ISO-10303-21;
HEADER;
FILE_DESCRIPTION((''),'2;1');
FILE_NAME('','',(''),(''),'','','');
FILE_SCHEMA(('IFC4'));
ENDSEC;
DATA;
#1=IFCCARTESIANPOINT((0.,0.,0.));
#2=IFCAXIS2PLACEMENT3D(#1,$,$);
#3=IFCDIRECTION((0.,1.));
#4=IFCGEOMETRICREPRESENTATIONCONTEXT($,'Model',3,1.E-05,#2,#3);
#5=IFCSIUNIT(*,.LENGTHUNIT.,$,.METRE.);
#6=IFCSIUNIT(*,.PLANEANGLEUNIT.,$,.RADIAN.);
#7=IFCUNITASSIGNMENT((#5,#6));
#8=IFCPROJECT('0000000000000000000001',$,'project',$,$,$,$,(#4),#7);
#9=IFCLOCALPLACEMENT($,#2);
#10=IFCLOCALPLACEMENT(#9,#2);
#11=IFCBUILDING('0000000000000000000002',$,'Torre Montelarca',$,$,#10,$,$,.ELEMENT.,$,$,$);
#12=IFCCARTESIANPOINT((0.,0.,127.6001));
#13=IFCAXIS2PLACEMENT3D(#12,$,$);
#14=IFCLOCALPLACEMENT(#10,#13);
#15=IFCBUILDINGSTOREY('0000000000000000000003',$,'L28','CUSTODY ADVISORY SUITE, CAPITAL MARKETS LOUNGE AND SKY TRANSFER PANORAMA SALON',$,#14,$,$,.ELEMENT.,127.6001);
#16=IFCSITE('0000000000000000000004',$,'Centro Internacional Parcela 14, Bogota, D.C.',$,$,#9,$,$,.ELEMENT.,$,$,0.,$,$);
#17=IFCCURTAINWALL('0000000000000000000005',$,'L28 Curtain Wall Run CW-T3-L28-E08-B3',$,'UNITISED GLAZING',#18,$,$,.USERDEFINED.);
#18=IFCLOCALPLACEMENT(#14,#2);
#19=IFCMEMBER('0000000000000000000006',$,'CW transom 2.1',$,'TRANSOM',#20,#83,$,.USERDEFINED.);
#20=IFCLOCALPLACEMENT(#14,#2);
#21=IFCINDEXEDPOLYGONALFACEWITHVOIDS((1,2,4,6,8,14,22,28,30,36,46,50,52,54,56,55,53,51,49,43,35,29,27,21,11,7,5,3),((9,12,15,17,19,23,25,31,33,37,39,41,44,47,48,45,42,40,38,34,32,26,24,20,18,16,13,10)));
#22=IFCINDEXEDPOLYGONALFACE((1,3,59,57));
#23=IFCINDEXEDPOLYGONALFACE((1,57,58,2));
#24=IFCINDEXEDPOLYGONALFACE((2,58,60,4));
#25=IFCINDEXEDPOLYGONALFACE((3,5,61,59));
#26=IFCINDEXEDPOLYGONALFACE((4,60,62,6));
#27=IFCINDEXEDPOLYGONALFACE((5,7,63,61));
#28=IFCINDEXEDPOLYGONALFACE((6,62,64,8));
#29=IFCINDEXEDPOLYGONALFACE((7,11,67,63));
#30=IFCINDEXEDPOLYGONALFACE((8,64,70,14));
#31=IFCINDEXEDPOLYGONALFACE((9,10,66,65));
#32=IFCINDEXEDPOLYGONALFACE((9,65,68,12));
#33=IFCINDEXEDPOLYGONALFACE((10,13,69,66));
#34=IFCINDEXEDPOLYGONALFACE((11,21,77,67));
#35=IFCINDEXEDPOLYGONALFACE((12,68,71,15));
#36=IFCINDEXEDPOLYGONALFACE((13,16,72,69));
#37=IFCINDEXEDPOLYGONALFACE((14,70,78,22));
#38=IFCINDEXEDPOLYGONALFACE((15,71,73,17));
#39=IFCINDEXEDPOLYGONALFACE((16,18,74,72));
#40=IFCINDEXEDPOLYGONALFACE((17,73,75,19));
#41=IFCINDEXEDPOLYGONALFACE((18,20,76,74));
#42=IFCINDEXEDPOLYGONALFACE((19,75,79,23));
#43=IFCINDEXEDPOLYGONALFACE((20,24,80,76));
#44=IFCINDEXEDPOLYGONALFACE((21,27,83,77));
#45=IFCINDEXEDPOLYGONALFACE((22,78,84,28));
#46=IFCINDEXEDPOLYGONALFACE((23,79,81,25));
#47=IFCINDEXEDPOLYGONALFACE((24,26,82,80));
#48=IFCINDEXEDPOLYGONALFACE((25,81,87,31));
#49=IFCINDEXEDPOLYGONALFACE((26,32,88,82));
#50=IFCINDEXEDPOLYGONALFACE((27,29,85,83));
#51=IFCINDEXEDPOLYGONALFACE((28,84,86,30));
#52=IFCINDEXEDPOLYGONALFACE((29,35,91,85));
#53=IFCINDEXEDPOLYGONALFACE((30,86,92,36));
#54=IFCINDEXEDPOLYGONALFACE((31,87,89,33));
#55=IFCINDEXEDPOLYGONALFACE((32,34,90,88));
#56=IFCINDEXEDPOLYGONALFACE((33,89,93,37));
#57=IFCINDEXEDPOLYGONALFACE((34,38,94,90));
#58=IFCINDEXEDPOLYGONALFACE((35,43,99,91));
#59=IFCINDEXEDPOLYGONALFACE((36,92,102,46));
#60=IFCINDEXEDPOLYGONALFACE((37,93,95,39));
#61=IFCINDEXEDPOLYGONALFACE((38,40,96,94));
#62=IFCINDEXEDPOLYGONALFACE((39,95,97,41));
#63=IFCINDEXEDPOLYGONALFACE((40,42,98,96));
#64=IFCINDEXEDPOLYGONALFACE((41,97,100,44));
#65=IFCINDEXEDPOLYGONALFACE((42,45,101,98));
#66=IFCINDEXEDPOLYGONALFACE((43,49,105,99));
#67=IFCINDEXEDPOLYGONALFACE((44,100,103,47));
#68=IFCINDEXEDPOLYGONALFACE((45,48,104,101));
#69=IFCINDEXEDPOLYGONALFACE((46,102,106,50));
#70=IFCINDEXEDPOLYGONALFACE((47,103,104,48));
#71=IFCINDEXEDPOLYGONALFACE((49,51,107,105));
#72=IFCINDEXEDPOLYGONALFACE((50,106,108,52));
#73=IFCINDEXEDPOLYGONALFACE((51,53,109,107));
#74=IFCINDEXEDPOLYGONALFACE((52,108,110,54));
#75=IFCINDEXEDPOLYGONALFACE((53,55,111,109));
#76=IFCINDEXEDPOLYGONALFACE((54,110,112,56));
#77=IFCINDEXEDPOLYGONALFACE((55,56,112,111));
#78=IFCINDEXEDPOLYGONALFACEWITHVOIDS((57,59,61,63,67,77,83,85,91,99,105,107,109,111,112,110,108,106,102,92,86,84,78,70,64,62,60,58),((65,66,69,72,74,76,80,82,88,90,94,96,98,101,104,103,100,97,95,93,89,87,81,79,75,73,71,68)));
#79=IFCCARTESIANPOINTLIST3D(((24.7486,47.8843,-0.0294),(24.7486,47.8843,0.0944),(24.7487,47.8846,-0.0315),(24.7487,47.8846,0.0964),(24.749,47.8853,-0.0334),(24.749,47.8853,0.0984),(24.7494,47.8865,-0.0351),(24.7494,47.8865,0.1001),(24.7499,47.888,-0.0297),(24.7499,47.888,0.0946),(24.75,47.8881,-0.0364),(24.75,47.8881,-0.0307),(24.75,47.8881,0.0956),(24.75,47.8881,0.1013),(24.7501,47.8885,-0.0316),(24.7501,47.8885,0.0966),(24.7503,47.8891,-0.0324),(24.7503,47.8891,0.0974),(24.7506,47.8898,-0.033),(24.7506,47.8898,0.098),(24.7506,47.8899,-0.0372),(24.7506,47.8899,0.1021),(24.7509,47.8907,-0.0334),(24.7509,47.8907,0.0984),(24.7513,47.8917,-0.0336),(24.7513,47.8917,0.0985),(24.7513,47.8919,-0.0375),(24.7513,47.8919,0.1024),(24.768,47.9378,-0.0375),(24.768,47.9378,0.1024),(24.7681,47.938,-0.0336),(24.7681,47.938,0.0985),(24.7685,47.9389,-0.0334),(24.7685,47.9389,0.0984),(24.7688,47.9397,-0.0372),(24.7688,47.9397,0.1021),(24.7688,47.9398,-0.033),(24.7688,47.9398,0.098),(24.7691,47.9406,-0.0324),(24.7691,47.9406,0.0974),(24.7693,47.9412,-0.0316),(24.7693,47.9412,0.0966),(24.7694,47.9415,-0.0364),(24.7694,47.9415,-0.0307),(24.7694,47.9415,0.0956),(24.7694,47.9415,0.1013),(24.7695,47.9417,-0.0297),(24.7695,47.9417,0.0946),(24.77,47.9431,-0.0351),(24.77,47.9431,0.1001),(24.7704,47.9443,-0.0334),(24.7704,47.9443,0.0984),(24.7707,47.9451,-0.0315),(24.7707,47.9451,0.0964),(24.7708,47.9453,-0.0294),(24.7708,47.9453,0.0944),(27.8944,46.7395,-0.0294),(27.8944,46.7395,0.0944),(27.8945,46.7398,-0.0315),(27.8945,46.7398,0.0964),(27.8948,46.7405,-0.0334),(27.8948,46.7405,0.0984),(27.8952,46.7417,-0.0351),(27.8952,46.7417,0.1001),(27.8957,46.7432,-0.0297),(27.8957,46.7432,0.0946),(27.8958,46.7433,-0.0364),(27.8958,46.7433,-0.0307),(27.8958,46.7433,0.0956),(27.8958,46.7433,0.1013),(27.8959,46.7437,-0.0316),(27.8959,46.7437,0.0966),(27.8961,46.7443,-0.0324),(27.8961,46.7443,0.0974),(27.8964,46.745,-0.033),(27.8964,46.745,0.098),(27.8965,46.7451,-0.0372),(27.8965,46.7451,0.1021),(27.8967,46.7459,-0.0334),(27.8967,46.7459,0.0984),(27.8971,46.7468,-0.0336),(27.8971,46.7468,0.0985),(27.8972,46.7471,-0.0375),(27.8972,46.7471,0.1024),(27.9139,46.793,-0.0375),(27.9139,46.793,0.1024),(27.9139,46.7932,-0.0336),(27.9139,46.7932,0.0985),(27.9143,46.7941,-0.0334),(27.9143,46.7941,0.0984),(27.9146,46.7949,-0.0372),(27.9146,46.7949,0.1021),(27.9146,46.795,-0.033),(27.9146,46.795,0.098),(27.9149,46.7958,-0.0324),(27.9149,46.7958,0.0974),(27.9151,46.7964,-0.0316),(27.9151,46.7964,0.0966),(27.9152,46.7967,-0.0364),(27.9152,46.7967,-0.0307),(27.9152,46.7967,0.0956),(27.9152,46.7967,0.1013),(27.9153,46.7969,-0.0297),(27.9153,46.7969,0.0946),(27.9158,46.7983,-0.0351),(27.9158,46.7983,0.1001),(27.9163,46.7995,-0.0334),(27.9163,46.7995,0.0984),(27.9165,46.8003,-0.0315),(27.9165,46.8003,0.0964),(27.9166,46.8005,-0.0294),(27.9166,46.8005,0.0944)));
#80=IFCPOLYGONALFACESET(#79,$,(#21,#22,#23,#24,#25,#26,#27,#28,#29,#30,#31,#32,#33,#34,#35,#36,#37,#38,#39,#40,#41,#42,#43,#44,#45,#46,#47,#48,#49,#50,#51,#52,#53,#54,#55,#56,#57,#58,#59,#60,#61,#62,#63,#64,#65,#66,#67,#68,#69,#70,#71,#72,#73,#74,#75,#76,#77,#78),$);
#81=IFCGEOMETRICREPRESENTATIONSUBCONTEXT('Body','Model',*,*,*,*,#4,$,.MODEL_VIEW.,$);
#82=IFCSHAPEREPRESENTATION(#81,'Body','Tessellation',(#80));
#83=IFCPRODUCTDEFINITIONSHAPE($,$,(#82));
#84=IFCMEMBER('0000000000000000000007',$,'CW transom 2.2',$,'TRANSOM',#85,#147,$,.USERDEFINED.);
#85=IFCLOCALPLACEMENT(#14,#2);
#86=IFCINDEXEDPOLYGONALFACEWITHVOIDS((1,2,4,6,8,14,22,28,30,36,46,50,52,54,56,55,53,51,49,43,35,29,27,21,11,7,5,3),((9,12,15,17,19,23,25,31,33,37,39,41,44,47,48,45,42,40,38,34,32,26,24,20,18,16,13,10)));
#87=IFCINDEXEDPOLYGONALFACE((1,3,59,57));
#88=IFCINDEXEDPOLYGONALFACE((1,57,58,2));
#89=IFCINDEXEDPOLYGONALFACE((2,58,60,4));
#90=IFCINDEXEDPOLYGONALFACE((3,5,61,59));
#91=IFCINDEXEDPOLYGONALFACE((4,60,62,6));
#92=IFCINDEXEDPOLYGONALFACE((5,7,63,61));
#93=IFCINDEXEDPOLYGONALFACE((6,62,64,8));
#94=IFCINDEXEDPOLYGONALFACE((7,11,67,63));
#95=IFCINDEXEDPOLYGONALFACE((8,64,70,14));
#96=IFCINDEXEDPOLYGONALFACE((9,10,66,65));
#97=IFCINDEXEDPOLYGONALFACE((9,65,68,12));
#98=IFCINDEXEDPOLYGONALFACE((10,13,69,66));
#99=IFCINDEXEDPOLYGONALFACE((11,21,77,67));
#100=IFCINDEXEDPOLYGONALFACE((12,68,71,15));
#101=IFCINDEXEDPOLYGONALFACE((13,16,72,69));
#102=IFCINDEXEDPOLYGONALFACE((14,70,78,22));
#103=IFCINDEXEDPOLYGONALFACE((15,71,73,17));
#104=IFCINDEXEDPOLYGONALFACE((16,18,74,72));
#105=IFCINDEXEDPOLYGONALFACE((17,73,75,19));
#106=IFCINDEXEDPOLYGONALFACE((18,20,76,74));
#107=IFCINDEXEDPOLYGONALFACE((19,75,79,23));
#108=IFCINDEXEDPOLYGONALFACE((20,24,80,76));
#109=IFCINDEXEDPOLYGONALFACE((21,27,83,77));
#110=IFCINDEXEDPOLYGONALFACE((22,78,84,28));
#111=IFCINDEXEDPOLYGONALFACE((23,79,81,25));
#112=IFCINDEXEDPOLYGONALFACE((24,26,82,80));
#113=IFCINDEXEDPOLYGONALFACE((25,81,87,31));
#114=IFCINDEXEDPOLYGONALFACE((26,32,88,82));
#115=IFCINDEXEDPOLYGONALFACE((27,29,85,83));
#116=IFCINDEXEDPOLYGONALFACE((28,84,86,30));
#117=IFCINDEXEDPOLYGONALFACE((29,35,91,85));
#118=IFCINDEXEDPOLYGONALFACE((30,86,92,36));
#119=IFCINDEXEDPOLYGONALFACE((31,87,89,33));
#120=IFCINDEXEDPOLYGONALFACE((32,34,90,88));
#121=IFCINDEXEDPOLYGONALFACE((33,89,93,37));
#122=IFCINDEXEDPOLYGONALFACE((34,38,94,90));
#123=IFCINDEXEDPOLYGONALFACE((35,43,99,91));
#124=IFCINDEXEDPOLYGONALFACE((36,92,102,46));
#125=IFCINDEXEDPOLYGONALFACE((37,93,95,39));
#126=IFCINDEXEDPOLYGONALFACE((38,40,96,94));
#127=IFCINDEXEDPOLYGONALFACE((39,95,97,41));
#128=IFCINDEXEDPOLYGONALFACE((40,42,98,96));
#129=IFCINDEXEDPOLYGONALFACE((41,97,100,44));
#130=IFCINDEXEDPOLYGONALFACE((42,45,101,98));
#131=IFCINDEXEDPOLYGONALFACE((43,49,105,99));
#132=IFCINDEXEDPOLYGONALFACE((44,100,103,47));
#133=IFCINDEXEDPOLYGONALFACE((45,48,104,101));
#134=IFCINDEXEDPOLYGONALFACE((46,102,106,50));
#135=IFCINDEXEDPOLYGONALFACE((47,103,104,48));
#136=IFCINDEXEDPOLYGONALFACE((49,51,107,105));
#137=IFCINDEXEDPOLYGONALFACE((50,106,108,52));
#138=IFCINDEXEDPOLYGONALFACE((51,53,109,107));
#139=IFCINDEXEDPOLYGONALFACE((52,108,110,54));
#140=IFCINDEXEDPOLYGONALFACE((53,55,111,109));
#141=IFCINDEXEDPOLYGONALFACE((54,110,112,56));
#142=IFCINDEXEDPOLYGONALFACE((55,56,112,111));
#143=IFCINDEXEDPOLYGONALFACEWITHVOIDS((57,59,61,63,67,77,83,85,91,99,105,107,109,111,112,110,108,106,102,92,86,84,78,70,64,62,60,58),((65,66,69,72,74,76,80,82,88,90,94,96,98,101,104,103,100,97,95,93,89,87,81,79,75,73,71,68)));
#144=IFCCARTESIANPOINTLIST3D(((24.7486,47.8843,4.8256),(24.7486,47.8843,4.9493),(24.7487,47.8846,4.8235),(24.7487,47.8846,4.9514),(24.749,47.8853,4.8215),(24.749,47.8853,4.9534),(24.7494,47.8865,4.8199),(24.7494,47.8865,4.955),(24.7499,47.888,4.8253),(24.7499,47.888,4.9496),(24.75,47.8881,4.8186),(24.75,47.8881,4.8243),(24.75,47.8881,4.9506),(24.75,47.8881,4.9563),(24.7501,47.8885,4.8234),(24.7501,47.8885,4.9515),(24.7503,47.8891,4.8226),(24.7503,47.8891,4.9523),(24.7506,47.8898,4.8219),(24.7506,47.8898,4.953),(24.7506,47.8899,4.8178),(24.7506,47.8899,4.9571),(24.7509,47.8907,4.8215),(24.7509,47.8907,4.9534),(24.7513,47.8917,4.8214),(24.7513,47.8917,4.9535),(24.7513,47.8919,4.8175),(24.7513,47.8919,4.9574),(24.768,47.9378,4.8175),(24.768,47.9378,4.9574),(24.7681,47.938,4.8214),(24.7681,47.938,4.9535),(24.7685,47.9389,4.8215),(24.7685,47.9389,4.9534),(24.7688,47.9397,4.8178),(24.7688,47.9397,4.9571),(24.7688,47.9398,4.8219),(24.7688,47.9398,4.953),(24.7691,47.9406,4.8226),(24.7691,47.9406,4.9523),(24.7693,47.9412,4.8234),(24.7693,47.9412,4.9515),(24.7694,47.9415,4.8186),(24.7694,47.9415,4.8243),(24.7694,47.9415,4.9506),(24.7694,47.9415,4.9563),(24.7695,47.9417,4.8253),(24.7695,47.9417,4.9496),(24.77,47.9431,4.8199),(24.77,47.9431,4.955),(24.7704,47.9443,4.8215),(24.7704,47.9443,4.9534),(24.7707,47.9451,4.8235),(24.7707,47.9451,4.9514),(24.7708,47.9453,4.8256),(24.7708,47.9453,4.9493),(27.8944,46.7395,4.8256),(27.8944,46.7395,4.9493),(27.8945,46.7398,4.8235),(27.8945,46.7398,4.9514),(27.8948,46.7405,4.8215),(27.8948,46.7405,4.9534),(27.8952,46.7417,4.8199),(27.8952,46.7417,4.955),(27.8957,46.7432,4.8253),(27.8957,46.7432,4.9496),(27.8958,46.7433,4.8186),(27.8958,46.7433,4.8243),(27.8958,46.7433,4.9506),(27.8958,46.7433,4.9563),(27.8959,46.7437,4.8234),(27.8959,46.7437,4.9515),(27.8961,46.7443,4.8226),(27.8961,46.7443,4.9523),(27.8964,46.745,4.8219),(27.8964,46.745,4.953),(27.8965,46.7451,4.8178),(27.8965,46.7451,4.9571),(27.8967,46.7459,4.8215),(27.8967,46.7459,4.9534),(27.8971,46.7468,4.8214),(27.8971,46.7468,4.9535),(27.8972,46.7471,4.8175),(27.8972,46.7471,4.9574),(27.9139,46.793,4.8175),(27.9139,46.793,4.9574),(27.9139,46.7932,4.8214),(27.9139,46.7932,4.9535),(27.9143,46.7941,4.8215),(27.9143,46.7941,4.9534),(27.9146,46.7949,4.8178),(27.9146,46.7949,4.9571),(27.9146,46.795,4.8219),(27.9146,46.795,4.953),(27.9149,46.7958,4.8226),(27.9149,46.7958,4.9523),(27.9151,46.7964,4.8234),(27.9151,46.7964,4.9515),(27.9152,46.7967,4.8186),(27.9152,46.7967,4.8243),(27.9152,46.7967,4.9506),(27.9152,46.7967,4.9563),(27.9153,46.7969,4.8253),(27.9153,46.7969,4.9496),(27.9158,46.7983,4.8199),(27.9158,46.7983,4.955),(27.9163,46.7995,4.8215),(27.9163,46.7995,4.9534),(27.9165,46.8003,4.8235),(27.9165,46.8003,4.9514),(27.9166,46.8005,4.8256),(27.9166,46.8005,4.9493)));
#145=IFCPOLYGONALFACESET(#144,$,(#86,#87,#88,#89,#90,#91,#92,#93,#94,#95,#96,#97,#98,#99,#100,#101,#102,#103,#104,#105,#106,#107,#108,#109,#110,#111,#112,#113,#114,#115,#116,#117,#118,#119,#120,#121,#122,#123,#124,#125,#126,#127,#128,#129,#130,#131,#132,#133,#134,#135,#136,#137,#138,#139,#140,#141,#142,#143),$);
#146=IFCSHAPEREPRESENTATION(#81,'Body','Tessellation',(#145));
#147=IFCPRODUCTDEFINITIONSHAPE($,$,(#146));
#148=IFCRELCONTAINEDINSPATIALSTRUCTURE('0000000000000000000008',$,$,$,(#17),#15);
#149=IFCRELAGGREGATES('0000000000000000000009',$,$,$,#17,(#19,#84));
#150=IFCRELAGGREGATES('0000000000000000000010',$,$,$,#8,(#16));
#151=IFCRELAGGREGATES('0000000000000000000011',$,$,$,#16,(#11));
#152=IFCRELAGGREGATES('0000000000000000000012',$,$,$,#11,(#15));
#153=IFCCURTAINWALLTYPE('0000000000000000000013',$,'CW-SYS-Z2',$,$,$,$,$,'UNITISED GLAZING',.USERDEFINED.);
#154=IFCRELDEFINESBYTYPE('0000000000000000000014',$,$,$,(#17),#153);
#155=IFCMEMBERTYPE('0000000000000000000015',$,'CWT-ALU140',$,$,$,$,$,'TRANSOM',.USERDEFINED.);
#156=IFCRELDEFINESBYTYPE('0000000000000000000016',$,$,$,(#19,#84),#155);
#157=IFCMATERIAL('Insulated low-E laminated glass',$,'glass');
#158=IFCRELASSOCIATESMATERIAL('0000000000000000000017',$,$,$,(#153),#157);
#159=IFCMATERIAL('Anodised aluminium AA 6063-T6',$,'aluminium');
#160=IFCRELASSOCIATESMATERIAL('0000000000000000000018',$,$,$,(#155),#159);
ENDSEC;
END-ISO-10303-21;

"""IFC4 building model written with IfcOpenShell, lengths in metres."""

from ifc_helpers import new_model, si_unit, direction, frame, origin, origin_2d, place, context, subcontext, project, spatial, hollow_rectangle, extrude, source, transform, mapped, material, material_profile, profile_set, type_object, element, aggregate, save


model = new_model("IFC4")

# Units and contexts
model_context = context("Model", 3, precision=1e-05, world=origin(), true_north=direction((0.0, 1.0)))
body_context = subcontext(model_context, "Body", "Model", "MODEL_VIEW")
ifc_project = project(units=[si_unit("LENGTHUNIT", "METRE"), si_unit("PLANEANGLEUNIT", "RADIAN")], contexts=[model_context])

# Site, building, storey
site_placement = place(None, origin())
site = spatial("IfcSite", under=ifc_project, at=site_placement, Name="Centro Internacional Parcela 14, Bogota, D.C.", CompositionType="ELEMENT", RefElevation=0.0)
building_placement = place(site_placement, origin())
building = spatial("IfcBuilding", under=site, at=building_placement, Name="Torre Montelarca", CompositionType="ELEMENT")
storey_placement = place(building_placement, frame((0.0, 0.0, 127.6001)))
storey = spatial("IfcBuildingStorey", under=building, at=storey_placement, Name="L28", Description="CUSTODY ADVISORY SUITE, CAPITAL MARKETS LOUNGE AND SKY TRANSFER PANORAMA SALON", CompositionType="ELEMENT", Elevation=127.6001)

# Shared definitions
ifc_material_1 = material(Name="Insulated low-E laminated glass", Category="glass")
curtain_wall_type = type_object("IfcCurtainWallType", Name="CW-SYS-Z2", ElementType="UNITISED GLAZING", PredefinedType="USERDEFINED", material=ifc_material_1)
ifc_material_2 = material(Name="Anodised aluminium AA 6063-T6", Category="aluminium")

# Curtain wall, members
curtain_wall_1_placement = place(storey_placement, origin())
curtain_wall_1 = element("IfcCurtainWall", 1, at=curtain_wall_1_placement, inside=storey, type_object=curtain_wall_type, Name="L28 Curtain Wall Run CW-T3-L28-E08-B3", ObjectType="UNITISED GLAZING", PredefinedType="USERDEFINED")
ifc_material_profile_1 = material_profile(ifc_material_2, hollow_rectangle(XDim=0.0649, YDim=0.1399, WallThickness=0.0039, InnerFilletRadius=0.0039, OuterFilletRadius=0.0081, at=origin_2d()), Name="ALU65X140X4", Category="aluminium")
ifc_profile_set_1 = profile_set([ifc_material_profile_1], Name="Anodised aluminium AA 6063-T6")
member_type_1 = type_object("IfcMemberType", Name="CWT-ALU140", ElementType="TRANSOM", PredefinedType="USERDEFINED", material=ifc_profile_set_1)
shared_shape_1 = source(origin(), body_context, "Body", "SweptSolid", [
    extrude(hollow_rectangle(XDim=0.0649, YDim=0.1399, WallThickness=0.0039, InnerFilletRadius=0.0039, OuterFilletRadius=0.0081, at=origin_2d()), origin(), (0.0, 0.0, 1.0), 3.3477),
])
member_1_placement = place(storey_placement, frame((27.9055, 46.77, 0.0325), z_axis=(-0.93971, 0.341971, 0.0), x_axis=(-0.341971, -0.93971, 0.0)))
member_1 = element("IfcMember", 2, at=member_1_placement, type_object=member_type_1, Name="CW transom 2.1", ObjectType="TRANSOM", PredefinedType="USERDEFINED", context=body_context, shape_type="MappedRepresentation", body=[
    mapped(shared_shape_1, transform((0.0, 0.0, 0.0), scale=1.0)),
])
member_2_placement = place(storey_placement, frame((27.9055, 46.77, 4.8875), z_axis=(-0.93971, 0.341971, 0.0), x_axis=(-0.341971, -0.93971, 0.0)))
member_2 = element("IfcMember", 3, at=member_2_placement, type_object=member_type_1, Name="CW transom 2.2", ObjectType="TRANSOM", PredefinedType="USERDEFINED", context=body_context, shape_type="MappedRepresentation", body=[
    mapped(shared_shape_1, transform((0.0, 0.0, 0.0), scale=1.0)),
])

aggregate(curtain_wall_1, [member_1, member_2])

save(model, "model.ifc")
